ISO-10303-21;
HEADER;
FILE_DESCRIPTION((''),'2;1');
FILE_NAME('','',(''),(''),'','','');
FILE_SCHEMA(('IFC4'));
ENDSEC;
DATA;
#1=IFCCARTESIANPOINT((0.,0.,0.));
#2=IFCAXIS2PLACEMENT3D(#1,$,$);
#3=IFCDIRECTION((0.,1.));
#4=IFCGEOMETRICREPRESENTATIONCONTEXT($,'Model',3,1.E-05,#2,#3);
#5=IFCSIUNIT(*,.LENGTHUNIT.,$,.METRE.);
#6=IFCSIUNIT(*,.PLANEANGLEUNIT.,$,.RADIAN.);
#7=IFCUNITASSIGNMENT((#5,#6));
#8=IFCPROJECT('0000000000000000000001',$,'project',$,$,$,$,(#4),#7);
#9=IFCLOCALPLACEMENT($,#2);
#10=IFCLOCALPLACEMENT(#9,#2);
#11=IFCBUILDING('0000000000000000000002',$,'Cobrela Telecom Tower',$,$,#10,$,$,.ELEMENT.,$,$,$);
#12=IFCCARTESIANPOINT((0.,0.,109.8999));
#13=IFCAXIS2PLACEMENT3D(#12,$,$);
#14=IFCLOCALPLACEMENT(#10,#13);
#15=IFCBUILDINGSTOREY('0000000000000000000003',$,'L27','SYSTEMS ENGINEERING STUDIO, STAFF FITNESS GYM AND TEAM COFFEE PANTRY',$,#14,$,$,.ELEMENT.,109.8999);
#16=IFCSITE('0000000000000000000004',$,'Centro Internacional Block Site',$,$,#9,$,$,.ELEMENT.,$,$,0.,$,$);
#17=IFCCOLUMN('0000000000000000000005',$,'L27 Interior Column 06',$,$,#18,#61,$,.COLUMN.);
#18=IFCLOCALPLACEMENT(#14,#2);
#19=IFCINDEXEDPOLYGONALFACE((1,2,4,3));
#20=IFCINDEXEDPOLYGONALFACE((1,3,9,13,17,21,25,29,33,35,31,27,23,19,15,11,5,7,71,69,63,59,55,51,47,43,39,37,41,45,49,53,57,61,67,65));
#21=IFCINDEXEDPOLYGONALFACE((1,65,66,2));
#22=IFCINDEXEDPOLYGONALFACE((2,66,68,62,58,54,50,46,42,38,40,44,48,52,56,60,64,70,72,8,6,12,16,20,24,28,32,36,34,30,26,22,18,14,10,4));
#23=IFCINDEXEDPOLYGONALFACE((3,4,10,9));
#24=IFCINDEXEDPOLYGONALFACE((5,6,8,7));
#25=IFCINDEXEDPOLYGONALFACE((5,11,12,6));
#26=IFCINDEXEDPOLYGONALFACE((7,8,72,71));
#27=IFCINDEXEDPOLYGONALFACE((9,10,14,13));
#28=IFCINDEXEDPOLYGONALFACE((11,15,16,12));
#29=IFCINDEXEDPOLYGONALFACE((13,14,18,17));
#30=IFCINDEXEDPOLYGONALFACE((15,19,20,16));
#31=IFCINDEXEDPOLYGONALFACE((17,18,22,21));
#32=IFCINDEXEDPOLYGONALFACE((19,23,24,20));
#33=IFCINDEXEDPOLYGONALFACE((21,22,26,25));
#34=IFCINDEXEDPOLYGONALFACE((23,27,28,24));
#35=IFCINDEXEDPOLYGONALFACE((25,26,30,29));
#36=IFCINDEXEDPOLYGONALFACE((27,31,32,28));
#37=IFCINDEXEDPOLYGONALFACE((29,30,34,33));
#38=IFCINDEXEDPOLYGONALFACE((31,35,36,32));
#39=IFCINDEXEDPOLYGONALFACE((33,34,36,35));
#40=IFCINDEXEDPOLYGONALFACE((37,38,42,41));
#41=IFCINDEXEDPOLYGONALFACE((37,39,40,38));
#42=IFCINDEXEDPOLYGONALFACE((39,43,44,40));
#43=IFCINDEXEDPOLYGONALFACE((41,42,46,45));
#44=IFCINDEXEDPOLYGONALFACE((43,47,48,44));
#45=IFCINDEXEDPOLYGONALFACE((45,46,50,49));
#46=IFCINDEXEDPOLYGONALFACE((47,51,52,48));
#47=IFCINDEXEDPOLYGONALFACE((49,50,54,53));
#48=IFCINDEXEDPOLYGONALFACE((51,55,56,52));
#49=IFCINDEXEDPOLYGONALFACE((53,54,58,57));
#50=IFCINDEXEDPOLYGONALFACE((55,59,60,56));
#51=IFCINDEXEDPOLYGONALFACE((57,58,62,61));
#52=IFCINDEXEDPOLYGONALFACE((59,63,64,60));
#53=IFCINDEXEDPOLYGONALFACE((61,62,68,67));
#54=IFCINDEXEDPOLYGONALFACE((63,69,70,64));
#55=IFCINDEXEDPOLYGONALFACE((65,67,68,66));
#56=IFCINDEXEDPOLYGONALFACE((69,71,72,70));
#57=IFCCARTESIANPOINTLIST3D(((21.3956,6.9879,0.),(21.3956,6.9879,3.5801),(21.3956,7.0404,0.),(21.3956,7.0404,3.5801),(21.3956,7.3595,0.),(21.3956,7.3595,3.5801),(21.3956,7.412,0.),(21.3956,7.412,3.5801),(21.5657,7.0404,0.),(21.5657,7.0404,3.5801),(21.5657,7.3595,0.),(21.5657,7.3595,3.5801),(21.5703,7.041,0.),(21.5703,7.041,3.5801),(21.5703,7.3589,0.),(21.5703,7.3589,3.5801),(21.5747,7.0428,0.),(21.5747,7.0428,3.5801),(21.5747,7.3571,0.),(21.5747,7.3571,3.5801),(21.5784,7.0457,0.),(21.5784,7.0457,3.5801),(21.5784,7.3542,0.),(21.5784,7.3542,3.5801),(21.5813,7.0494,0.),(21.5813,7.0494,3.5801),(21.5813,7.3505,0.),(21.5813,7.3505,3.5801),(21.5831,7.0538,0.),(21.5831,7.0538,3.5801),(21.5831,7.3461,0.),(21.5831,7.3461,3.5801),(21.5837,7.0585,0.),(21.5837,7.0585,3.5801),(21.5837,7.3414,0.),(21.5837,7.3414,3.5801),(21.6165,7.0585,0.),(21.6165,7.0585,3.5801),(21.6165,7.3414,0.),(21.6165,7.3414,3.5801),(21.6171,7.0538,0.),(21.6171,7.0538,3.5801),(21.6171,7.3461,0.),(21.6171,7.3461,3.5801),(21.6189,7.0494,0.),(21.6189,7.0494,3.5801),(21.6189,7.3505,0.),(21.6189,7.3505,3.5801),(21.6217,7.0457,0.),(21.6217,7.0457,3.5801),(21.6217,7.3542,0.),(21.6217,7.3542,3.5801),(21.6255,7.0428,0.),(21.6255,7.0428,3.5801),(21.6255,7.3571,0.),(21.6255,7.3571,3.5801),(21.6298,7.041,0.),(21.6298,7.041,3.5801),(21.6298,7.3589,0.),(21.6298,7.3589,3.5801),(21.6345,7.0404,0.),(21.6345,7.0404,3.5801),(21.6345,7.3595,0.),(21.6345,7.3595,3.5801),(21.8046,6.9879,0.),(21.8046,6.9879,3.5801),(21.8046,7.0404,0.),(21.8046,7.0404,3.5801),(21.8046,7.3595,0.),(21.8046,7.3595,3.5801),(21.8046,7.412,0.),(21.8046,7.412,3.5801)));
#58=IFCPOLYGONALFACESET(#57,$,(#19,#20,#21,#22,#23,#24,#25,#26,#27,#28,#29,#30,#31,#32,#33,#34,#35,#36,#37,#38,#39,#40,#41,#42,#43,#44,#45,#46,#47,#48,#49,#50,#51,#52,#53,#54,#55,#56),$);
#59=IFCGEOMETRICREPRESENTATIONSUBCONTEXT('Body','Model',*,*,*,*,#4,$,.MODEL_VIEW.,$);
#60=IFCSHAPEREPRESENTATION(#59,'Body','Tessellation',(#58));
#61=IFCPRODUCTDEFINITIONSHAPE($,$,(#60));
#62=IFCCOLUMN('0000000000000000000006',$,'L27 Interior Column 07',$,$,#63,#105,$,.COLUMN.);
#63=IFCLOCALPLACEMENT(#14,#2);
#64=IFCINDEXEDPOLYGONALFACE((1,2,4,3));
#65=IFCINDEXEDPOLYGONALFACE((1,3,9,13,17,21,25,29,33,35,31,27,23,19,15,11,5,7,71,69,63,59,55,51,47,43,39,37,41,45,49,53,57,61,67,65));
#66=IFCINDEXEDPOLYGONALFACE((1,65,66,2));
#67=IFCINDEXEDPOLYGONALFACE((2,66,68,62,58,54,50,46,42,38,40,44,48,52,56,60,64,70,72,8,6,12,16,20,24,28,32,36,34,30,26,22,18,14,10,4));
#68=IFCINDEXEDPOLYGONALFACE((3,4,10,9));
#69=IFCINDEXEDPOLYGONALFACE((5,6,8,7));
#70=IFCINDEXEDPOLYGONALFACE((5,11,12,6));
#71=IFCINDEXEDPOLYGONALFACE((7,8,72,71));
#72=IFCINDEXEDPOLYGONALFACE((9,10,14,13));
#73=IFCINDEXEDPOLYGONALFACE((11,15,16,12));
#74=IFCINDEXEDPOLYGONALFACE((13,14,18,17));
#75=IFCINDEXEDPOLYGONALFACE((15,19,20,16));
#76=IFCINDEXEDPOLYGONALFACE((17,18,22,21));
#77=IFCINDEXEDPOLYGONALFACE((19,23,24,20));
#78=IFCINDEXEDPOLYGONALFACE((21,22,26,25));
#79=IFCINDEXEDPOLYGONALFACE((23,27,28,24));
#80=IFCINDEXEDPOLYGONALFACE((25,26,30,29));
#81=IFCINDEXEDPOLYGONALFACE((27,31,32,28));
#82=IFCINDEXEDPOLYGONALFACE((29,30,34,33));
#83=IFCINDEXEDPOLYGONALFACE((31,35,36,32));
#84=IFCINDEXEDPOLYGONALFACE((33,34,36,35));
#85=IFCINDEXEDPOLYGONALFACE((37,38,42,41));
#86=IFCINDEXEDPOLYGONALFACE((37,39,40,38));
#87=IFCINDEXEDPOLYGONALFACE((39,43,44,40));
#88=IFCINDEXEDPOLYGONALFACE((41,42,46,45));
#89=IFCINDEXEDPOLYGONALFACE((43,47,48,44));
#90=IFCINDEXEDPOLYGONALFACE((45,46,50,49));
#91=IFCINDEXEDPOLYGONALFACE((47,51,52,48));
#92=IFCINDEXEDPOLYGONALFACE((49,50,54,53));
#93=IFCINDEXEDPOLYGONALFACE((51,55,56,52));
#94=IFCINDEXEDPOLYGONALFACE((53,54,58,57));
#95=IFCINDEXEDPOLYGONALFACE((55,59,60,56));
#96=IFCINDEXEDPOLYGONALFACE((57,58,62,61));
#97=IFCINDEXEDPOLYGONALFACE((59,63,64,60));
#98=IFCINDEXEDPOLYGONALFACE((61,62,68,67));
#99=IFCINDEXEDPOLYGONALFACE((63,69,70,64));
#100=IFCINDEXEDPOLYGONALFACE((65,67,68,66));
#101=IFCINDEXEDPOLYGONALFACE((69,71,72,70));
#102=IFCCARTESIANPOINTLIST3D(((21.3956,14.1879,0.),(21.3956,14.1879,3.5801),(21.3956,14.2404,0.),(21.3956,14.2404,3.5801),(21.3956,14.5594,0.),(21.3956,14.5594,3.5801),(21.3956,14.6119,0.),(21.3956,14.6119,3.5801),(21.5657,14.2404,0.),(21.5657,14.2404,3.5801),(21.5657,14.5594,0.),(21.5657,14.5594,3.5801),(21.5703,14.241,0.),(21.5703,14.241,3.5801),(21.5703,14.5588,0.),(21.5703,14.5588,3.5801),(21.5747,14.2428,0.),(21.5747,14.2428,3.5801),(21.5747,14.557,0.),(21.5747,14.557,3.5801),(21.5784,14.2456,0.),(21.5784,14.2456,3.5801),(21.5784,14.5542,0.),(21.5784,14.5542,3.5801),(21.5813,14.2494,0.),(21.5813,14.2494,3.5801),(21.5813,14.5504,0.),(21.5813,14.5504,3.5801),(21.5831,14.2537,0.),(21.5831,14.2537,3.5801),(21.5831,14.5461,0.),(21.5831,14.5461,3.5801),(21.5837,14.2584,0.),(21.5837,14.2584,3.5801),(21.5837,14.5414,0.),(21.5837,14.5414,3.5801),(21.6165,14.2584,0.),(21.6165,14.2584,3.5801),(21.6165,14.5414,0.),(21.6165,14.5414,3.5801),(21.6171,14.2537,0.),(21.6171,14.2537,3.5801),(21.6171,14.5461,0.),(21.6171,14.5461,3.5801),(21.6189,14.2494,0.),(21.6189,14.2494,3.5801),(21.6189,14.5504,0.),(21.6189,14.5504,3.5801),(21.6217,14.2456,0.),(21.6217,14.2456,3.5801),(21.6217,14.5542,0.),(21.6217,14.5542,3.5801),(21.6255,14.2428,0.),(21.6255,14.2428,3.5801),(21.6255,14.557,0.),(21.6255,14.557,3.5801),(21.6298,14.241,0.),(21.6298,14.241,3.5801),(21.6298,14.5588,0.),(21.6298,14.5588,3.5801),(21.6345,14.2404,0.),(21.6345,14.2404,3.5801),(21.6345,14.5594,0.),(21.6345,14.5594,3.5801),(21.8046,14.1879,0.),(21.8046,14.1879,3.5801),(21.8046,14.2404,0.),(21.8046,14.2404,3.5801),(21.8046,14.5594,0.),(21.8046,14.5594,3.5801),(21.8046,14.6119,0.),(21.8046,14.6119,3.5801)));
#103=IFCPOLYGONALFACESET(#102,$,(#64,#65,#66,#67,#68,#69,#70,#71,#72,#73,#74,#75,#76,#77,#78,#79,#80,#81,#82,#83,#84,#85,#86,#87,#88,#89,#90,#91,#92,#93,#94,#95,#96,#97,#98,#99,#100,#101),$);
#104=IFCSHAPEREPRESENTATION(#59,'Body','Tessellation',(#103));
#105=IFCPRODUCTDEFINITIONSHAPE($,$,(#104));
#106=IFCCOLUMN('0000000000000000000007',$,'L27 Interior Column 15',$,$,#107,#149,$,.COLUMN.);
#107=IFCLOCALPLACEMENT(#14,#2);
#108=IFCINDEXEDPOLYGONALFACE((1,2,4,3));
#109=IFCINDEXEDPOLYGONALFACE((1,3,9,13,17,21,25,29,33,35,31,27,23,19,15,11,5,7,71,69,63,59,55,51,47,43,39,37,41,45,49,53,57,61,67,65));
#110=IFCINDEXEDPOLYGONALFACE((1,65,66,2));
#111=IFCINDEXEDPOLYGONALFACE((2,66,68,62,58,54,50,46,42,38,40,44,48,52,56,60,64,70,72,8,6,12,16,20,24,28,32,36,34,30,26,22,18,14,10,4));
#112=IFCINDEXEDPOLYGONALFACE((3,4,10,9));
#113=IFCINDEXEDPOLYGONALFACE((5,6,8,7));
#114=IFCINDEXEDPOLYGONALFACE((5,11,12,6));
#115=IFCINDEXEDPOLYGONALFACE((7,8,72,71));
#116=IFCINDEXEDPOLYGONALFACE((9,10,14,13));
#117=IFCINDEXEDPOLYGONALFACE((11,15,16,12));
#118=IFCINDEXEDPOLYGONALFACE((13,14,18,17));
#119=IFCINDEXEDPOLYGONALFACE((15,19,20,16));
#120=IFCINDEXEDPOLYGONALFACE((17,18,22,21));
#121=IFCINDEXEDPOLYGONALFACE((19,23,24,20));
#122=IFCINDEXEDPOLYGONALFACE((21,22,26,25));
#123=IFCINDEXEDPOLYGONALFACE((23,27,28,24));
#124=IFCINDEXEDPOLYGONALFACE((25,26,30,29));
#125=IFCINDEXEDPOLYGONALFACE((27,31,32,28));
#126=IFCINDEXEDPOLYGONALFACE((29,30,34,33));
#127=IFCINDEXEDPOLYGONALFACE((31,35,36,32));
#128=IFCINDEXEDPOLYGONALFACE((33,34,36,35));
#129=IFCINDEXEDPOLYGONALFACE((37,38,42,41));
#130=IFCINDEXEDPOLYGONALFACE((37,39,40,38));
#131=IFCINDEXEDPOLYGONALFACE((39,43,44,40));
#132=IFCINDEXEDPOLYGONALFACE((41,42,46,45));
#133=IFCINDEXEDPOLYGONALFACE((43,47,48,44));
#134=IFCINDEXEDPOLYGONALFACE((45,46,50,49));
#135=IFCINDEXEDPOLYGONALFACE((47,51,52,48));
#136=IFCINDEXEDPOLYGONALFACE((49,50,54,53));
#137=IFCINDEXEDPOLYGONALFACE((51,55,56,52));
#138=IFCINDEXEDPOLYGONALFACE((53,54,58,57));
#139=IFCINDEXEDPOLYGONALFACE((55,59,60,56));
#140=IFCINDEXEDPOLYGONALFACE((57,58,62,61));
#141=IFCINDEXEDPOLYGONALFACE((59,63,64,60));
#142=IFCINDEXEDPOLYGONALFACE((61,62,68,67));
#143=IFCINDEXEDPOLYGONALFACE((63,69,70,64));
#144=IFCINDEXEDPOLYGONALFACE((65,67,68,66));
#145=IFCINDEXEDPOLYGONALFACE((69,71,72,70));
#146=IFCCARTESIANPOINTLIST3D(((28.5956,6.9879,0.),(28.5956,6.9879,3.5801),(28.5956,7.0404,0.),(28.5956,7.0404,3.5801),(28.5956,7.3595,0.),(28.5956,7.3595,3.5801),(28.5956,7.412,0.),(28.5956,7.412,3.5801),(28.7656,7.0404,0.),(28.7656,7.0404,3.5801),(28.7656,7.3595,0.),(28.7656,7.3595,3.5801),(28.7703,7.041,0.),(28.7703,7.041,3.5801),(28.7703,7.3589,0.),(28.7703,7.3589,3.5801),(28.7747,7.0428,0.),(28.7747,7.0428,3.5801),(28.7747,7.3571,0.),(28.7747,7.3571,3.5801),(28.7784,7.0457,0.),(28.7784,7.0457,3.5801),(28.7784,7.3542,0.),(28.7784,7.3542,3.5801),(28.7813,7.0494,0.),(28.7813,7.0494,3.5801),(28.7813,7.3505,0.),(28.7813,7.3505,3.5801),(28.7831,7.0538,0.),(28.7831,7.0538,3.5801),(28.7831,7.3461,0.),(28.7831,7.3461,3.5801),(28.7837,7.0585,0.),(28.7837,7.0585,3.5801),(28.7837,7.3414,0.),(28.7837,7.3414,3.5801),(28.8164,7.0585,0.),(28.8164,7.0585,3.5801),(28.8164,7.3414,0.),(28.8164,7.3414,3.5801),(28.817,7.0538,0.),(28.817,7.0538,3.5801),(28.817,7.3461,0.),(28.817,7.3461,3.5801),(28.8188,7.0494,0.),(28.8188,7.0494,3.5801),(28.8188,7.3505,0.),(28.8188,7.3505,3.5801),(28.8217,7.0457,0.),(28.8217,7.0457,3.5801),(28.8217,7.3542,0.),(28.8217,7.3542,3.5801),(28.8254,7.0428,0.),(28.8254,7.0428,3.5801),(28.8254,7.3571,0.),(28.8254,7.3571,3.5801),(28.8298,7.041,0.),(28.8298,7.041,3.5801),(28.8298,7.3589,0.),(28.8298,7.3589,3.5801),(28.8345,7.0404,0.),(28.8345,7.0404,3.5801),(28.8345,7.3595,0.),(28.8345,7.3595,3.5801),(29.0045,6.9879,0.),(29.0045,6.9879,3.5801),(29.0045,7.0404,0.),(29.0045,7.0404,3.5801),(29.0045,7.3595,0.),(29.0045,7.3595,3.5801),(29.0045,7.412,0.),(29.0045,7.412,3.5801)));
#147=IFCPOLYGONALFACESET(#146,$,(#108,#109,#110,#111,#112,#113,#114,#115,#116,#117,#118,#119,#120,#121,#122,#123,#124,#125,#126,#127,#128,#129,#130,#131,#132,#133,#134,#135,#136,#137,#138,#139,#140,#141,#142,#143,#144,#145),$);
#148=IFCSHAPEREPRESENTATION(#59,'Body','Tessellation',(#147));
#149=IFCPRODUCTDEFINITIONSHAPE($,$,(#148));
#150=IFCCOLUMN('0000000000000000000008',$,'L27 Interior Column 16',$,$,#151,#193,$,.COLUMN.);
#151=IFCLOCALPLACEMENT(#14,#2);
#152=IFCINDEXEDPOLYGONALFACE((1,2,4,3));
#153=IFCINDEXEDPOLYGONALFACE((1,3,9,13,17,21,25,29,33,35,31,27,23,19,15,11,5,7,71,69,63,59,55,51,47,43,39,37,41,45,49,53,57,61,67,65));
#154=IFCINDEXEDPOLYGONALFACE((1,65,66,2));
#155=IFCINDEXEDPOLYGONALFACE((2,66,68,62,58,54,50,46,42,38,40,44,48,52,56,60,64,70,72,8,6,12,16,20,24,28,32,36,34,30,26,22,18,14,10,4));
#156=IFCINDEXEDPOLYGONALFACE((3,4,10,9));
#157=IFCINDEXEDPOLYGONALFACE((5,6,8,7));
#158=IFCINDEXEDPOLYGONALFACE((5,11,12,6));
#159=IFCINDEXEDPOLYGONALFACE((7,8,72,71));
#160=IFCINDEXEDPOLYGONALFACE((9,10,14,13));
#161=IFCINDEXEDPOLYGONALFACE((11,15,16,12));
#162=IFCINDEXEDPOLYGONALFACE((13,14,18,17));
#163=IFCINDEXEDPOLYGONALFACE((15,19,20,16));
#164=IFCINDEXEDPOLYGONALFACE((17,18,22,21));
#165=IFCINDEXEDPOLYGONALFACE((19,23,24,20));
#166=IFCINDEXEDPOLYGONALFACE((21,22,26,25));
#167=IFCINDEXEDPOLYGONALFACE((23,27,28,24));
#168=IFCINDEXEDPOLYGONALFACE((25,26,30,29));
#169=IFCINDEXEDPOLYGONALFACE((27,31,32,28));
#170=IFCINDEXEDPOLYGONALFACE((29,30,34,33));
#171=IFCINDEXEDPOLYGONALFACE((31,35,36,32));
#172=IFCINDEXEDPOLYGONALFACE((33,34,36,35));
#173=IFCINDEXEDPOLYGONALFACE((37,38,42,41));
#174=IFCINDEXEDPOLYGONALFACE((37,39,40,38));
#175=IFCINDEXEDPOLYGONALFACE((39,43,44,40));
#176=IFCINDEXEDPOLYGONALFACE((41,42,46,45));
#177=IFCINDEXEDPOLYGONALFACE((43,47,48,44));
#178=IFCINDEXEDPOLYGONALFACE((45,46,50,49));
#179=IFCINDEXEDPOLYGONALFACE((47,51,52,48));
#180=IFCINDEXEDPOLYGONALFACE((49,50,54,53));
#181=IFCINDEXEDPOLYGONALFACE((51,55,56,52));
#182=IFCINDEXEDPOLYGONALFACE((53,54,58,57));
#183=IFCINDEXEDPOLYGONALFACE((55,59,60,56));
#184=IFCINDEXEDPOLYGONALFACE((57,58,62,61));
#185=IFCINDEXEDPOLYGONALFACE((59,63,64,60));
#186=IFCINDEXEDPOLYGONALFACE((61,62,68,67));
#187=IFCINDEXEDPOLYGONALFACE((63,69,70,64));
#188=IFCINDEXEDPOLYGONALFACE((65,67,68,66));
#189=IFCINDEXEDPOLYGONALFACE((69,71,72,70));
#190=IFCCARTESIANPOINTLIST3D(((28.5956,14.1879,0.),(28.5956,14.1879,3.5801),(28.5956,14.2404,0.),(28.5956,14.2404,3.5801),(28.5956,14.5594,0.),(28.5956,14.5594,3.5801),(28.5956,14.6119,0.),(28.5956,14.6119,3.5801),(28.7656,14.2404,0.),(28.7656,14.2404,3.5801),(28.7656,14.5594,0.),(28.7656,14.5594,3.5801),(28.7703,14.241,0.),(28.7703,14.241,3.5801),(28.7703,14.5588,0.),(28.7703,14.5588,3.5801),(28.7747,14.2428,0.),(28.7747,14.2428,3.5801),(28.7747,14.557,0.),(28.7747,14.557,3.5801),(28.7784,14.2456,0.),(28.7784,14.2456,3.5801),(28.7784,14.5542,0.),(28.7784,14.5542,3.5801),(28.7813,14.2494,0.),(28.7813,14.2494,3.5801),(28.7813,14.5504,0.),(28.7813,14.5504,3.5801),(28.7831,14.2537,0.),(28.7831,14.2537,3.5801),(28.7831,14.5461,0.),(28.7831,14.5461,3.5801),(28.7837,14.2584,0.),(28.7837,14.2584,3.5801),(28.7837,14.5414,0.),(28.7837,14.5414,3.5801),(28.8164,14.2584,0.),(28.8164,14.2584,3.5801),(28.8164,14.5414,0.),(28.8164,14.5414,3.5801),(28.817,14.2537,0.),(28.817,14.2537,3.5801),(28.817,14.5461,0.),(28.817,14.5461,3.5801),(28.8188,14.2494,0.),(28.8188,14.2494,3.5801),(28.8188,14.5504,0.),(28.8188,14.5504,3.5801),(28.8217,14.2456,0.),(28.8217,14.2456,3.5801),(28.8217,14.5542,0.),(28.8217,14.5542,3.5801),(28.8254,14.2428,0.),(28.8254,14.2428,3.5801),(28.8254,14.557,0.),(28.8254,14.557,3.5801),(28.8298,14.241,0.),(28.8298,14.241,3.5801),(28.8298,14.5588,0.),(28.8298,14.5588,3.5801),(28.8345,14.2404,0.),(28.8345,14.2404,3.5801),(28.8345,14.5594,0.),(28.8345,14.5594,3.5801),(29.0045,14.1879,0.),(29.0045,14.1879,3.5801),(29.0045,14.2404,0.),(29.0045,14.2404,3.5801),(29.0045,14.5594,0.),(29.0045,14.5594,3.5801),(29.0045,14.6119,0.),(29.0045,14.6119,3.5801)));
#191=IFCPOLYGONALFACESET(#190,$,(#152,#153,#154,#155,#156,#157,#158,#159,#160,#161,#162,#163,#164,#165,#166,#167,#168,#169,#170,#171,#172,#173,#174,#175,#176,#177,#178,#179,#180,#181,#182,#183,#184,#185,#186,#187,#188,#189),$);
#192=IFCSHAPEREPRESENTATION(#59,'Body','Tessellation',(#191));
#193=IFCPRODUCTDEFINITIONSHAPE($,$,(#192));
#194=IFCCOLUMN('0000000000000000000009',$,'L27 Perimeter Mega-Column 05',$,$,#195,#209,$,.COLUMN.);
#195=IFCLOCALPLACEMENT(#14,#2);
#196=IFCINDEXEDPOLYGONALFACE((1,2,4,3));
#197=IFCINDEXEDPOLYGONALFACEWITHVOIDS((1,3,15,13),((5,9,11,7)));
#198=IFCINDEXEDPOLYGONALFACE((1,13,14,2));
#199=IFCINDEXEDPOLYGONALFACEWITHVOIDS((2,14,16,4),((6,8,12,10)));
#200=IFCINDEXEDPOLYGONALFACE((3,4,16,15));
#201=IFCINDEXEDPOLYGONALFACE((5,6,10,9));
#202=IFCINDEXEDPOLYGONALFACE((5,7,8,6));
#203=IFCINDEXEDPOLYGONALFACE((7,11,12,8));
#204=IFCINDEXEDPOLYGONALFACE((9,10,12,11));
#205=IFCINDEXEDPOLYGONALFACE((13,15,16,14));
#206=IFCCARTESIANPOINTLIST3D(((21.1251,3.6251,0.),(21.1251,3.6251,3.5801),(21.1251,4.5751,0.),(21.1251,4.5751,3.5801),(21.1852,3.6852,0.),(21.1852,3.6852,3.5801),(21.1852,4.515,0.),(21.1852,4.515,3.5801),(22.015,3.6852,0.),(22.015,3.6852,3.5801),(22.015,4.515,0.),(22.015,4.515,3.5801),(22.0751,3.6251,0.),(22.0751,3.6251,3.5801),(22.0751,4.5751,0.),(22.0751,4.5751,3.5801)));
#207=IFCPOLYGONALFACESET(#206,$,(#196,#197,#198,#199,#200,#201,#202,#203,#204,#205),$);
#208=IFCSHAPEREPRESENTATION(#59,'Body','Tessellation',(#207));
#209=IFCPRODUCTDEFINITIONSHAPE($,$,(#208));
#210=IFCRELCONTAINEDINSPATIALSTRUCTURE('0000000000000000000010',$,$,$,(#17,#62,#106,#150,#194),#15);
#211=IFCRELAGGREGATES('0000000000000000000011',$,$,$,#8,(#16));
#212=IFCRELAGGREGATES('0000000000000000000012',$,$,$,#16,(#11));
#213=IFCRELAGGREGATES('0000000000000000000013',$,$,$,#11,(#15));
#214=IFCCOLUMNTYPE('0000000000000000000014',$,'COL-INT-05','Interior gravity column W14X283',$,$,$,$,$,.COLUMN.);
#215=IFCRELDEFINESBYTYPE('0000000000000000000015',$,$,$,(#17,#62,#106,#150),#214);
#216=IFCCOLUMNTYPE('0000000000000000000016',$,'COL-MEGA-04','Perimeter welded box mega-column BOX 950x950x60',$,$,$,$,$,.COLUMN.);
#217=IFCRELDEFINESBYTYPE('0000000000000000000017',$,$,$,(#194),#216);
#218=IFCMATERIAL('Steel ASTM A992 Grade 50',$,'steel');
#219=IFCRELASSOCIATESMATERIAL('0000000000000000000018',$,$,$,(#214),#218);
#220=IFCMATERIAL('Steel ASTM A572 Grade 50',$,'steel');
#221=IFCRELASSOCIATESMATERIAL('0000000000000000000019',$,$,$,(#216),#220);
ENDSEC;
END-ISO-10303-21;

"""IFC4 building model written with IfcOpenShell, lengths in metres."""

from ifc_helpers import new_model, si_unit, direction, frame, origin, origin_2d, place, context, subcontext, project, spatial, hollow_rectangle, i_section, extrude, material, material_profile, profile_set, type_object, element, save


model = new_model("IFC4")

# Units and contexts
model_context = context("Model", 3, precision=1e-05, world=origin(), true_north=direction((0.0, 1.0)))
body_context = subcontext(model_context, "Body", "Model", "MODEL_VIEW")
ifc_project = project(units=[si_unit("LENGTHUNIT", "METRE"), si_unit("PLANEANGLEUNIT", "RADIAN")], contexts=[model_context])

# Site, building, storey
site_placement = place(None, origin())
site = spatial("IfcSite", under=ifc_project, at=site_placement, Name="Centro Internacional Block Site", CompositionType="ELEMENT", RefElevation=0.0)
building_placement = place(site_placement, origin())
building = spatial("IfcBuilding", under=site, at=building_placement, Name="Cobrela Telecom Tower", CompositionType="ELEMENT")
storey_placement = place(building_placement, frame((0.0, 0.0, 109.8999)))
storey = spatial("IfcBuildingStorey", under=building, at=storey_placement, Name="L27", Description="SYSTEMS ENGINEERING STUDIO, STAFF FITNESS GYM AND TEAM COFFEE PANTRY", CompositionType="ELEMENT", Elevation=109.8999)

# Columns
ifc_material_1 = material(Name="Steel ASTM A992 Grade 50", Category="steel")
ifc_material_profile_1 = material_profile(ifc_material_1, i_section(OverallWidth=0.4089, OverallDepth=0.4241, WebThickness=0.0327, FlangeThickness=0.0525, FilletRadius=0.0181, at=origin_2d()), Name="W14X283")
ifc_profile_set_1 = profile_set([ifc_material_profile_1], Name="Steel ASTM A992 Grade 50")
column_type_1 = type_object("IfcColumnType", Name="COL-INT-05", Description="Interior gravity column W14X283", PredefinedType="COLUMN", material=ifc_profile_set_1)
for number, where, z_axis, x_axis, name in (
    (1, (21.6001, 7.2, 0.0), (0.0, 0.0, 1.0), (1.0, 0.0, 0.0), "L27 Interior Column 06"),
    (2, (21.6001, 14.3999, 0.0), (0.0, 0.0, 1.0), (1.0, 0.0, 0.0), "L27 Interior Column 07"),
    (3, (28.8, 7.2, 0.0), (0.0, 0.0, 1.0), (1.0, 0.0, 0.0), "L27 Interior Column 15"),
    (4, (28.8, 14.3999, 0.0), (0.0, 0.0, 1.0), (1.0, 0.0, 0.0), "L27 Interior Column 16"),
):
    element("IfcColumn", number, at=place(storey_placement, frame(where, z_axis=z_axis, x_axis=x_axis)), inside=storey, type_object=column_type_1, Name=name, PredefinedType="COLUMN", context=body_context, shape_type="SweptSolid", body=[
        extrude(i_section(OverallWidth=0.4089, OverallDepth=0.4241, WebThickness=0.0327, FlangeThickness=0.0525, FilletRadius=0.0181, at=origin_2d()), origin(), (0.0, 0.0, 1.0), 3.5801),
    ])
ifc_material_2 = material(Name="Steel ASTM A572 Grade 50", Category="steel")
ifc_material_profile_2 = material_profile(ifc_material_2, hollow_rectangle(XDim=0.95, YDim=0.95, WallThickness=0.0601, at=origin_2d()), Name="BOX 950x950x60")
ifc_profile_set_2 = profile_set([ifc_material_profile_2], Name="Steel ASTM A572 Grade 50")
column_type_2 = type_object("IfcColumnType", Name="COL-MEGA-04", Description="Perimeter welded box mega-column BOX 950x950x60", PredefinedType="COLUMN", material=ifc_profile_set_2)
for number, where, z_axis, x_axis, name in (
    (5, (21.6001, 4.1001, 0.0), (0.0, 0.0, 1.0), (1.0, 0.0, 0.0), "L27 Perimeter Mega-Column 05"),
):
    element("IfcColumn", number, at=place(storey_placement, frame(where, z_axis=z_axis, x_axis=x_axis)), inside=storey, type_object=column_type_2, Name=name, PredefinedType="COLUMN", context=body_context, shape_type="SweptSolid", body=[
        extrude(hollow_rectangle(XDim=0.95, YDim=0.95, WallThickness=0.0601, at=origin_2d()), origin(), (0.0, 0.0, 1.0), 3.5801),
    ])

save(model, "model.ifc")
